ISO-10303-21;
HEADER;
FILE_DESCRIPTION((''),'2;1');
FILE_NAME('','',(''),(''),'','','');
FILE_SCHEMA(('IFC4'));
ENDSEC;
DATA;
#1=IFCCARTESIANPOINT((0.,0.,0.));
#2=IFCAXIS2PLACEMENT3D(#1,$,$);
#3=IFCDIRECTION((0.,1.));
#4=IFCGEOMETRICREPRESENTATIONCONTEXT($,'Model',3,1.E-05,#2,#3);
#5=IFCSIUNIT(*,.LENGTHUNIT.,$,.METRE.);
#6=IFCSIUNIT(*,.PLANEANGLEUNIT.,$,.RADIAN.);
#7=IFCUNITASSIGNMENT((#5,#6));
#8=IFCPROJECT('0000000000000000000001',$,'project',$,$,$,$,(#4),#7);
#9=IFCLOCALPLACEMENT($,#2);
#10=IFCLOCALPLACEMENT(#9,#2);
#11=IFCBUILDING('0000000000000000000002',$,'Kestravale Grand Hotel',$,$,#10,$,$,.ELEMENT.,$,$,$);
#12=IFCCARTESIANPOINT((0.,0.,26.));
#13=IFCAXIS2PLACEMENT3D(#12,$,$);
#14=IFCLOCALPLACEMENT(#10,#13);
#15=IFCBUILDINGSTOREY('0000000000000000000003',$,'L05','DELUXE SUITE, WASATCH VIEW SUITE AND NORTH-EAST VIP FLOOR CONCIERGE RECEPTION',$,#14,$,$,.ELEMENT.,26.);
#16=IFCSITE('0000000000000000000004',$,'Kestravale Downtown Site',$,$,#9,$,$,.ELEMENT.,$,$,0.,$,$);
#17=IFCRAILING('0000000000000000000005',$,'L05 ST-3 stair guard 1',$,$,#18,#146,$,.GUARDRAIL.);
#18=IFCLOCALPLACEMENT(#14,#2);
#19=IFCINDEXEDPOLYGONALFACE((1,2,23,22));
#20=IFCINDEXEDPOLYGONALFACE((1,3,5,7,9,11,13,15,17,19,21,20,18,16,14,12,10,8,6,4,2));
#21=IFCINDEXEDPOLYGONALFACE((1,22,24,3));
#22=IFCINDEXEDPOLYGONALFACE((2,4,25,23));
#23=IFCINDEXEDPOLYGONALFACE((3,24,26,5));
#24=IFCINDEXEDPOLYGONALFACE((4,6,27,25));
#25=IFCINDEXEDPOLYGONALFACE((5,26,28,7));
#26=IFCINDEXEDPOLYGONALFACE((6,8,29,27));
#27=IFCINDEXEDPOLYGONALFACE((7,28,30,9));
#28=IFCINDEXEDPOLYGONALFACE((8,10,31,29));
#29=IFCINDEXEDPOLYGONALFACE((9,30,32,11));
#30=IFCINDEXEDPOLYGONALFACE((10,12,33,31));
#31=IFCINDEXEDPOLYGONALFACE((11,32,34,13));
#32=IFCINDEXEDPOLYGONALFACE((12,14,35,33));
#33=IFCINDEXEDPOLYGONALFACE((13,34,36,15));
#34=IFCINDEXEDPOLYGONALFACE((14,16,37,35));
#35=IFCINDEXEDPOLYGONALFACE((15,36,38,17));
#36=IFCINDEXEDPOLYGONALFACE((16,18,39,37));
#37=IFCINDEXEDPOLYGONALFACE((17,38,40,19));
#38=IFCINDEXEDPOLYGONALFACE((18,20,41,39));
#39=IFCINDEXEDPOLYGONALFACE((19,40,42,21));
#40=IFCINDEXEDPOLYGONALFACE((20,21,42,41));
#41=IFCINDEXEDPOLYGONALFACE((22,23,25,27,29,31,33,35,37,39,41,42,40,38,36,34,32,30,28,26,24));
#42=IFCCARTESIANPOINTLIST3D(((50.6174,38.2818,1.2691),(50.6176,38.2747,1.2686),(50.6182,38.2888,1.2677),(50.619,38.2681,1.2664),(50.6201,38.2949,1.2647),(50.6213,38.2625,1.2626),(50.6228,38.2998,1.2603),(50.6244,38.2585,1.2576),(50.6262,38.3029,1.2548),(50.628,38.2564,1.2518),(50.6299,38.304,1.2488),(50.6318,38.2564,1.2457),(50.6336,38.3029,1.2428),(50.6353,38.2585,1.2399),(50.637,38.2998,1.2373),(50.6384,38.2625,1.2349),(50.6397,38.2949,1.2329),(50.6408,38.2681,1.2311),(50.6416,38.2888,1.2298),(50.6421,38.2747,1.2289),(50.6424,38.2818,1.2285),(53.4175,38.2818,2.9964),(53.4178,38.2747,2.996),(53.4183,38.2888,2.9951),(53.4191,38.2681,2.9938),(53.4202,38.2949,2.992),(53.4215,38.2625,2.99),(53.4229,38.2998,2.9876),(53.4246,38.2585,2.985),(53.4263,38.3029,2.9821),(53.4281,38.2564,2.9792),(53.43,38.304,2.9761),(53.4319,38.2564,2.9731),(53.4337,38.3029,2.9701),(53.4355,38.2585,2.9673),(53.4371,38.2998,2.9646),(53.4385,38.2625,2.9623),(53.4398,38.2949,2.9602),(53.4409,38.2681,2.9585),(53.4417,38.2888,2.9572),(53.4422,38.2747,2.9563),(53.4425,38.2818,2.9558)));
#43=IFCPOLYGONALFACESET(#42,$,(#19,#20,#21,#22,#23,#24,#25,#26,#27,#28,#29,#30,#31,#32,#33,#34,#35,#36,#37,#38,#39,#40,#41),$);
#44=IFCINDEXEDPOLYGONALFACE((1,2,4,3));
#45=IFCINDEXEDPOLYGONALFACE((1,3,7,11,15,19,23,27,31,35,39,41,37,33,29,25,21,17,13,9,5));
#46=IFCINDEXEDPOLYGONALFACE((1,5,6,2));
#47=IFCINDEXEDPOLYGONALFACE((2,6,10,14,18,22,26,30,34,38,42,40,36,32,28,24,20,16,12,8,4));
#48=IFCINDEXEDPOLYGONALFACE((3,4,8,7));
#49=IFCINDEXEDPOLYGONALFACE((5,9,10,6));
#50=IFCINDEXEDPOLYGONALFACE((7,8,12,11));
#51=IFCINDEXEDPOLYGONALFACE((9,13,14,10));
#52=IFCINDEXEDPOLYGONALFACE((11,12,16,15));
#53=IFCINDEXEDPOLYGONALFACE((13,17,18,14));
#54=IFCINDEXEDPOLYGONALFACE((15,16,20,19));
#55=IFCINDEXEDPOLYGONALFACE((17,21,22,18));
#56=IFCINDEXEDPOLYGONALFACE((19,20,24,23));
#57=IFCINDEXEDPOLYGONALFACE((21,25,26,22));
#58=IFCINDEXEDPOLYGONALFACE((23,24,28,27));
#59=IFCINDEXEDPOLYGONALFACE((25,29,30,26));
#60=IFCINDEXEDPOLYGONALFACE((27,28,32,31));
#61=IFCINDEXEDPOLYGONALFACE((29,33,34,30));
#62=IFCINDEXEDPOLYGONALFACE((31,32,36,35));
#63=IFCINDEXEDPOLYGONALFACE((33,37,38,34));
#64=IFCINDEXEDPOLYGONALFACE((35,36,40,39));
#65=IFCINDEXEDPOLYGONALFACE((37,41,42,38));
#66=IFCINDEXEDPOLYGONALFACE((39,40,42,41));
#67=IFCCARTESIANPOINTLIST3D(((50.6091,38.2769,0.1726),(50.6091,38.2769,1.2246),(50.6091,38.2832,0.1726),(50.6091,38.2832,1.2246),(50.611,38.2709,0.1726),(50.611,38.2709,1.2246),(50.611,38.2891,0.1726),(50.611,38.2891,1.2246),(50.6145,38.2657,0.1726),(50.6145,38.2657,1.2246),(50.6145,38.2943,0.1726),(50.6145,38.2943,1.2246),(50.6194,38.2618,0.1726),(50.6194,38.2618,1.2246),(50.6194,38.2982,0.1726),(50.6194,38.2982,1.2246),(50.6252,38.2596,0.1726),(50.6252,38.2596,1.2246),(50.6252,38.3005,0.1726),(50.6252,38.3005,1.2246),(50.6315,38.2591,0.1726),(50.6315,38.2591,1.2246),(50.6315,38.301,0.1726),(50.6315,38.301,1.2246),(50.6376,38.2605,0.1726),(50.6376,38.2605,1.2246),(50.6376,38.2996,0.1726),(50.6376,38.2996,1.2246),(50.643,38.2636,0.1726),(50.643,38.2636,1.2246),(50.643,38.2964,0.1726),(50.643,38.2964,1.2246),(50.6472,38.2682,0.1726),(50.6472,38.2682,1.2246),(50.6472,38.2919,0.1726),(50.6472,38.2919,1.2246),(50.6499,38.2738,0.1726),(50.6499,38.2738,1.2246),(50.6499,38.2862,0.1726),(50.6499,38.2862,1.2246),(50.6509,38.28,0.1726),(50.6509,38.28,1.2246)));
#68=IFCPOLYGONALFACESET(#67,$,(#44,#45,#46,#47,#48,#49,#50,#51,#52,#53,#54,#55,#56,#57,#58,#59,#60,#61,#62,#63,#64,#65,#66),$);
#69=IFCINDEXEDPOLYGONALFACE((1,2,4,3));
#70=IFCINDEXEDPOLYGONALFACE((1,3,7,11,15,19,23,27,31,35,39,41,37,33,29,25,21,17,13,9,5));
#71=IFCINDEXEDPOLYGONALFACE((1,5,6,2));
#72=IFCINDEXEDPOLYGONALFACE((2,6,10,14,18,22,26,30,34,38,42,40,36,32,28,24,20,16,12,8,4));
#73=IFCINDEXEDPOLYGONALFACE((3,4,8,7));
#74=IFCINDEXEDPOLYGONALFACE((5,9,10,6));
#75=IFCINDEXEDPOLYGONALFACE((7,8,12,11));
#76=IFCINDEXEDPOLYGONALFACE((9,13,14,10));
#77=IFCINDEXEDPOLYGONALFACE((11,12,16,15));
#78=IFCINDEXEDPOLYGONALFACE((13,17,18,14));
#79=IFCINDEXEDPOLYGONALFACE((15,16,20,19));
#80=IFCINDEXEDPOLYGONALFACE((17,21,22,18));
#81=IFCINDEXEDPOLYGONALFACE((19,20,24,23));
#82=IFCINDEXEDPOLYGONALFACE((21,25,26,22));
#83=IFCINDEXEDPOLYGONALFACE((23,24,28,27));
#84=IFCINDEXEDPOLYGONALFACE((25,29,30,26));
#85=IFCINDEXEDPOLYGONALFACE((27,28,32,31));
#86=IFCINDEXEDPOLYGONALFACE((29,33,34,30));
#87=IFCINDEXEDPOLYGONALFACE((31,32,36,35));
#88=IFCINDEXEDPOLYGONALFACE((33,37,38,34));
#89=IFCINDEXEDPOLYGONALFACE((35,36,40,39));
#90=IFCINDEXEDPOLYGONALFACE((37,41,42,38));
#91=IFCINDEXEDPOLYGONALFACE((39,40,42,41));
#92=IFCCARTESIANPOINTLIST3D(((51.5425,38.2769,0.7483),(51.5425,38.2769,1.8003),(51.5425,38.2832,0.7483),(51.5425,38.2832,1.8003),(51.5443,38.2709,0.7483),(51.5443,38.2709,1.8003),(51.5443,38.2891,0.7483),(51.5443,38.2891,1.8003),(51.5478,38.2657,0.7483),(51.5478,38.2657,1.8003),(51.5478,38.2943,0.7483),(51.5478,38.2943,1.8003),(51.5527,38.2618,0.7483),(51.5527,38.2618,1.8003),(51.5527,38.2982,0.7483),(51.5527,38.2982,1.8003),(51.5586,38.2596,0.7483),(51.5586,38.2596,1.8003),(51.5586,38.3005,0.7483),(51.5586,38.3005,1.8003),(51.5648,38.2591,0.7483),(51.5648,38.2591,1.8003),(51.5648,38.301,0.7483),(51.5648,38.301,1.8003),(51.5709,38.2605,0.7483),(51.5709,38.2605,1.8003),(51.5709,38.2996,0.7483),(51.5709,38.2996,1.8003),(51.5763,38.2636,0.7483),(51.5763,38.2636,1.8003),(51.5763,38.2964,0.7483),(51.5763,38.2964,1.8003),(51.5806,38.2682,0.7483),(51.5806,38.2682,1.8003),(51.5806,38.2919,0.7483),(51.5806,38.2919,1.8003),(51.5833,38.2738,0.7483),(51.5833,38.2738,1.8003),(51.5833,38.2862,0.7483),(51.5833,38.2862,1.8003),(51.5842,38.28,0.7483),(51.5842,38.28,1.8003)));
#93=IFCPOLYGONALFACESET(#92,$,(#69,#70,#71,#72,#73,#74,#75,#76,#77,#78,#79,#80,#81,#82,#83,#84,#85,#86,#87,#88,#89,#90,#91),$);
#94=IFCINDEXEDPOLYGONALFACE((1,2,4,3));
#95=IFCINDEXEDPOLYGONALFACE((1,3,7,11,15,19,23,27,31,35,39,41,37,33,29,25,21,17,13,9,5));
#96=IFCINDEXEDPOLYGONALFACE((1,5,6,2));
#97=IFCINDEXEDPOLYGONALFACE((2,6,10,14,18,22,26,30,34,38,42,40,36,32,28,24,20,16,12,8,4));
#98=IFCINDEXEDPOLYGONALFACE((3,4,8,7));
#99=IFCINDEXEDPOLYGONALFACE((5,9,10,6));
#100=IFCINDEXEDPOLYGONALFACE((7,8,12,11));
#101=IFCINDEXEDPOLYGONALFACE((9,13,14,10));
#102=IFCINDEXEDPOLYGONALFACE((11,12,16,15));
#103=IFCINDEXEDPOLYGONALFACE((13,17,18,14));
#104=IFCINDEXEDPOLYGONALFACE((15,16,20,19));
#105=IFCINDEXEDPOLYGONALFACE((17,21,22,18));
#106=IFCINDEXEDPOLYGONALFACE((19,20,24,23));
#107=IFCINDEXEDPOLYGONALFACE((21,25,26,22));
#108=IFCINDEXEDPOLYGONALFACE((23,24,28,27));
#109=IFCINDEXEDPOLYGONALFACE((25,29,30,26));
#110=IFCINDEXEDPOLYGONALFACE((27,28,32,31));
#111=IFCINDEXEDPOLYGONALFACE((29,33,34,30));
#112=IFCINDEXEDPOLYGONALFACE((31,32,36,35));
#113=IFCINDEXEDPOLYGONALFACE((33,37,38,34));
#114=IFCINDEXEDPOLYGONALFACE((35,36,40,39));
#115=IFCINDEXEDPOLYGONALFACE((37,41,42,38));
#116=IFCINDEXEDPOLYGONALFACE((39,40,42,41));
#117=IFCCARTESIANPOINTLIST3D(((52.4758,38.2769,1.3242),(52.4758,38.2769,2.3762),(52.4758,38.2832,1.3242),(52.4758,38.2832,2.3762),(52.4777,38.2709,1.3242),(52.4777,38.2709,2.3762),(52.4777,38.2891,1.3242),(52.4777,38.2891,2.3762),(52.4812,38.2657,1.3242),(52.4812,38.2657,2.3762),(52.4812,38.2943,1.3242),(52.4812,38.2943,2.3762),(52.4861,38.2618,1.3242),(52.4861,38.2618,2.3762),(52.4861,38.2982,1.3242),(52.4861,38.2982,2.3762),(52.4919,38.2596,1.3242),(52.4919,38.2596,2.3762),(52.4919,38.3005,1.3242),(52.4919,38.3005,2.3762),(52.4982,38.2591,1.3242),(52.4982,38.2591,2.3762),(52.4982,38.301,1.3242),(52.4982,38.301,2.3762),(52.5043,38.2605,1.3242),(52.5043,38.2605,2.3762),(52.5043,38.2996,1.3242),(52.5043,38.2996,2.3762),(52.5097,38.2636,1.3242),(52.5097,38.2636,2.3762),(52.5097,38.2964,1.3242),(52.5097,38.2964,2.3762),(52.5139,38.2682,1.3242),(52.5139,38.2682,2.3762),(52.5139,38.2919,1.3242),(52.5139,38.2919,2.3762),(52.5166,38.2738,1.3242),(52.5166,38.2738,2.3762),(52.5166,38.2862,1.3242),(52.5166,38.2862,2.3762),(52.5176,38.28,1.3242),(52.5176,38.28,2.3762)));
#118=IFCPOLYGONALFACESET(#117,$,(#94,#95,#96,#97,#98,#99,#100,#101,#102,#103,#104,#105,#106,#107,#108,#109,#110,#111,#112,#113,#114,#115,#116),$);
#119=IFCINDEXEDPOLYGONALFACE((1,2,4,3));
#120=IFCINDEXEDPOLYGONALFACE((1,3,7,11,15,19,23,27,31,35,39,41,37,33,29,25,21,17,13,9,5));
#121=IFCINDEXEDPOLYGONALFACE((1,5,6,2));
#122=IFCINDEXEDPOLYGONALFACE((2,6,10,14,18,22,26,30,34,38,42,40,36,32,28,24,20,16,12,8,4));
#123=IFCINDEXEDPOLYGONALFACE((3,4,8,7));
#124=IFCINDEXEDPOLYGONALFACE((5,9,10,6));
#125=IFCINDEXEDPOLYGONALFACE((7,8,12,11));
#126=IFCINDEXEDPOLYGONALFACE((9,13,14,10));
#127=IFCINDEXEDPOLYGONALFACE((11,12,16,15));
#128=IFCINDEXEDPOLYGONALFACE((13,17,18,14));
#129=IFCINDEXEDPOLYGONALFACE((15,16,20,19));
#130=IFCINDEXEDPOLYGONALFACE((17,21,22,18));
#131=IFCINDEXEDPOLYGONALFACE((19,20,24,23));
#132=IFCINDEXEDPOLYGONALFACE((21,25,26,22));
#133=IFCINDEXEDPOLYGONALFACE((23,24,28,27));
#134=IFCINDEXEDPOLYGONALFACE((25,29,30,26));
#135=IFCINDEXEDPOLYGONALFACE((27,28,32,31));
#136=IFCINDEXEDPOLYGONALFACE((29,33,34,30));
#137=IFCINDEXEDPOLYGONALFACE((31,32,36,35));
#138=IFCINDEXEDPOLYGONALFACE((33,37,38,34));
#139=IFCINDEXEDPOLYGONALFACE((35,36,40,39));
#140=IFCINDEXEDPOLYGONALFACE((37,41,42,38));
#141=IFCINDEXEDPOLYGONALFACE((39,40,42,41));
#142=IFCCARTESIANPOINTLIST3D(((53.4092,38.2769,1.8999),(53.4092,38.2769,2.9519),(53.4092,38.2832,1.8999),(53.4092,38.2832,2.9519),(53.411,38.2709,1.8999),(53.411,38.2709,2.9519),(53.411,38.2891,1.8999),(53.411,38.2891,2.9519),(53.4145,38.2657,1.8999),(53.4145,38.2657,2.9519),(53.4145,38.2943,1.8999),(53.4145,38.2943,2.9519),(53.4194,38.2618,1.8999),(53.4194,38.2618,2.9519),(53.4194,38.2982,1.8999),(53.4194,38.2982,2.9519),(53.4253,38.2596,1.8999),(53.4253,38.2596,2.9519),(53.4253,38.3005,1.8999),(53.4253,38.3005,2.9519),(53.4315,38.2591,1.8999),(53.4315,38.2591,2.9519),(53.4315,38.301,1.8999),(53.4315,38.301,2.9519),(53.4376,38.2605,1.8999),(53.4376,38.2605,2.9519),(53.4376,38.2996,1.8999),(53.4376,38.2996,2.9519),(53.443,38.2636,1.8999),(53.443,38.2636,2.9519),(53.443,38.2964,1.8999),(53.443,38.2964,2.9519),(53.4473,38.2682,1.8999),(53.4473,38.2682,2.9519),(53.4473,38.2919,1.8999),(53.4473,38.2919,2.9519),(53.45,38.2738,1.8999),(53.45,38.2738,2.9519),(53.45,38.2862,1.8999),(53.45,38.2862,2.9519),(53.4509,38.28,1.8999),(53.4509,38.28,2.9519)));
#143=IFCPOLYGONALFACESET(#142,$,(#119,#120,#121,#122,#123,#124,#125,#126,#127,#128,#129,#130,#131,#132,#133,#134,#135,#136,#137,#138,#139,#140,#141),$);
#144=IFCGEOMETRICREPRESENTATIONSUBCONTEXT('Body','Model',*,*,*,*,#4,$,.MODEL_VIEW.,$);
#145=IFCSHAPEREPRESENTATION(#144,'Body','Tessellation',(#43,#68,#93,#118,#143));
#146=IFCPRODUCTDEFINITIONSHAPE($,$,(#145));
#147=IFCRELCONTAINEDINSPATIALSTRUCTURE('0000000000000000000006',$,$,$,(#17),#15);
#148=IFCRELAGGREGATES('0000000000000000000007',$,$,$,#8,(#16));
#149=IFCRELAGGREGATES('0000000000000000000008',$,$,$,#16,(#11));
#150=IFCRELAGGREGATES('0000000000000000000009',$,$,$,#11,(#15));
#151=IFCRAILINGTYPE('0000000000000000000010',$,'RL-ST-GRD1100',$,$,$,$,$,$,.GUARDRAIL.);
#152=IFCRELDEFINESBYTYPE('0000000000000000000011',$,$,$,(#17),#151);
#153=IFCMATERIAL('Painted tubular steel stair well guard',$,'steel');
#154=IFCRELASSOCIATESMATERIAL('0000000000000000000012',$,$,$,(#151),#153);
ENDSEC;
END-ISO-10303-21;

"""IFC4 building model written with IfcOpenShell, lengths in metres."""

from ifc_helpers import new_model, si_unit, direction, frame, origin, origin_2d, place, context, subcontext, project, spatial, circle, extrude, material, type_object, element, save


model = new_model("IFC4")

# Units and contexts
model_context = context("Model", 3, precision=1e-05, world=origin(), true_north=direction((0.0, 1.0)))
body_context = subcontext(model_context, "Body", "Model", "MODEL_VIEW")
ifc_project = project(units=[si_unit("LENGTHUNIT", "METRE"), si_unit("PLANEANGLEUNIT", "RADIAN")], contexts=[model_context])

# Site, building, storey
site_placement = place(None, origin())
site = spatial("IfcSite", under=ifc_project, at=site_placement, Name="Kestravale Downtown Site", CompositionType="ELEMENT", RefElevation=0.0)
building_placement = place(site_placement, origin())
building = spatial("IfcBuilding", under=site, at=building_placement, Name="Kestravale Grand Hotel", CompositionType="ELEMENT")
storey_placement = place(building_placement, frame((0.0, 0.0, 26.0)))
storey = spatial("IfcBuildingStorey", under=building, at=storey_placement, Name="L05", Description="DELUXE SUITE, WASATCH VIEW SUITE AND NORTH-EAST VIP FLOOR CONCIERGE RECEPTION", CompositionType="ELEMENT", Elevation=26.0)

# Railing
ifc_material_1 = material(Name="Painted tubular steel stair well guard", Category="steel")
railing_type_1 = type_object("IfcRailingType", Name="RL-ST-GRD1100", PredefinedType="GUARDRAIL", material=ifc_material_1)
railing_1_placement = place(storey_placement, frame((50.6299, 38.28, 0.1726)))
element("IfcRailing", 1, at=railing_1_placement, inside=storey, type_object=railing_type_1, Name="L05 ST-3 stair guard 1", PredefinedType="GUARDRAIL", context=body_context, shape_type="SweptSolid", body=[
    extrude(circle(Radius=0.0239, at=origin_2d()), frame((0.0, 0.0, 1.0762), z_axis=(0.85109, 0.0, 0.52502), x_axis=(0.0, 1.0, 0.0)), (0.0, 0.0, 1.0), 3.29),
    extrude(circle(Radius=0.021, at=origin_2d()), origin(), (0.0, 0.0, 1.0), 1.052),
    extrude(circle(Radius=0.021, at=origin_2d()), frame((0.9333, 0.0, 0.5757)), (0.0, 0.0, 1.0), 1.052),
    extrude(circle(Radius=0.021, at=origin_2d()), frame((1.8667, 0.0, 1.1516)), (0.0, 0.0, 1.0), 1.052),
    extrude(circle(Radius=0.021, at=origin_2d()), frame((2.8, 0.0, 1.7273)), (0.0, 0.0, 1.0), 1.052),
])

save(model, "model.ifc")
